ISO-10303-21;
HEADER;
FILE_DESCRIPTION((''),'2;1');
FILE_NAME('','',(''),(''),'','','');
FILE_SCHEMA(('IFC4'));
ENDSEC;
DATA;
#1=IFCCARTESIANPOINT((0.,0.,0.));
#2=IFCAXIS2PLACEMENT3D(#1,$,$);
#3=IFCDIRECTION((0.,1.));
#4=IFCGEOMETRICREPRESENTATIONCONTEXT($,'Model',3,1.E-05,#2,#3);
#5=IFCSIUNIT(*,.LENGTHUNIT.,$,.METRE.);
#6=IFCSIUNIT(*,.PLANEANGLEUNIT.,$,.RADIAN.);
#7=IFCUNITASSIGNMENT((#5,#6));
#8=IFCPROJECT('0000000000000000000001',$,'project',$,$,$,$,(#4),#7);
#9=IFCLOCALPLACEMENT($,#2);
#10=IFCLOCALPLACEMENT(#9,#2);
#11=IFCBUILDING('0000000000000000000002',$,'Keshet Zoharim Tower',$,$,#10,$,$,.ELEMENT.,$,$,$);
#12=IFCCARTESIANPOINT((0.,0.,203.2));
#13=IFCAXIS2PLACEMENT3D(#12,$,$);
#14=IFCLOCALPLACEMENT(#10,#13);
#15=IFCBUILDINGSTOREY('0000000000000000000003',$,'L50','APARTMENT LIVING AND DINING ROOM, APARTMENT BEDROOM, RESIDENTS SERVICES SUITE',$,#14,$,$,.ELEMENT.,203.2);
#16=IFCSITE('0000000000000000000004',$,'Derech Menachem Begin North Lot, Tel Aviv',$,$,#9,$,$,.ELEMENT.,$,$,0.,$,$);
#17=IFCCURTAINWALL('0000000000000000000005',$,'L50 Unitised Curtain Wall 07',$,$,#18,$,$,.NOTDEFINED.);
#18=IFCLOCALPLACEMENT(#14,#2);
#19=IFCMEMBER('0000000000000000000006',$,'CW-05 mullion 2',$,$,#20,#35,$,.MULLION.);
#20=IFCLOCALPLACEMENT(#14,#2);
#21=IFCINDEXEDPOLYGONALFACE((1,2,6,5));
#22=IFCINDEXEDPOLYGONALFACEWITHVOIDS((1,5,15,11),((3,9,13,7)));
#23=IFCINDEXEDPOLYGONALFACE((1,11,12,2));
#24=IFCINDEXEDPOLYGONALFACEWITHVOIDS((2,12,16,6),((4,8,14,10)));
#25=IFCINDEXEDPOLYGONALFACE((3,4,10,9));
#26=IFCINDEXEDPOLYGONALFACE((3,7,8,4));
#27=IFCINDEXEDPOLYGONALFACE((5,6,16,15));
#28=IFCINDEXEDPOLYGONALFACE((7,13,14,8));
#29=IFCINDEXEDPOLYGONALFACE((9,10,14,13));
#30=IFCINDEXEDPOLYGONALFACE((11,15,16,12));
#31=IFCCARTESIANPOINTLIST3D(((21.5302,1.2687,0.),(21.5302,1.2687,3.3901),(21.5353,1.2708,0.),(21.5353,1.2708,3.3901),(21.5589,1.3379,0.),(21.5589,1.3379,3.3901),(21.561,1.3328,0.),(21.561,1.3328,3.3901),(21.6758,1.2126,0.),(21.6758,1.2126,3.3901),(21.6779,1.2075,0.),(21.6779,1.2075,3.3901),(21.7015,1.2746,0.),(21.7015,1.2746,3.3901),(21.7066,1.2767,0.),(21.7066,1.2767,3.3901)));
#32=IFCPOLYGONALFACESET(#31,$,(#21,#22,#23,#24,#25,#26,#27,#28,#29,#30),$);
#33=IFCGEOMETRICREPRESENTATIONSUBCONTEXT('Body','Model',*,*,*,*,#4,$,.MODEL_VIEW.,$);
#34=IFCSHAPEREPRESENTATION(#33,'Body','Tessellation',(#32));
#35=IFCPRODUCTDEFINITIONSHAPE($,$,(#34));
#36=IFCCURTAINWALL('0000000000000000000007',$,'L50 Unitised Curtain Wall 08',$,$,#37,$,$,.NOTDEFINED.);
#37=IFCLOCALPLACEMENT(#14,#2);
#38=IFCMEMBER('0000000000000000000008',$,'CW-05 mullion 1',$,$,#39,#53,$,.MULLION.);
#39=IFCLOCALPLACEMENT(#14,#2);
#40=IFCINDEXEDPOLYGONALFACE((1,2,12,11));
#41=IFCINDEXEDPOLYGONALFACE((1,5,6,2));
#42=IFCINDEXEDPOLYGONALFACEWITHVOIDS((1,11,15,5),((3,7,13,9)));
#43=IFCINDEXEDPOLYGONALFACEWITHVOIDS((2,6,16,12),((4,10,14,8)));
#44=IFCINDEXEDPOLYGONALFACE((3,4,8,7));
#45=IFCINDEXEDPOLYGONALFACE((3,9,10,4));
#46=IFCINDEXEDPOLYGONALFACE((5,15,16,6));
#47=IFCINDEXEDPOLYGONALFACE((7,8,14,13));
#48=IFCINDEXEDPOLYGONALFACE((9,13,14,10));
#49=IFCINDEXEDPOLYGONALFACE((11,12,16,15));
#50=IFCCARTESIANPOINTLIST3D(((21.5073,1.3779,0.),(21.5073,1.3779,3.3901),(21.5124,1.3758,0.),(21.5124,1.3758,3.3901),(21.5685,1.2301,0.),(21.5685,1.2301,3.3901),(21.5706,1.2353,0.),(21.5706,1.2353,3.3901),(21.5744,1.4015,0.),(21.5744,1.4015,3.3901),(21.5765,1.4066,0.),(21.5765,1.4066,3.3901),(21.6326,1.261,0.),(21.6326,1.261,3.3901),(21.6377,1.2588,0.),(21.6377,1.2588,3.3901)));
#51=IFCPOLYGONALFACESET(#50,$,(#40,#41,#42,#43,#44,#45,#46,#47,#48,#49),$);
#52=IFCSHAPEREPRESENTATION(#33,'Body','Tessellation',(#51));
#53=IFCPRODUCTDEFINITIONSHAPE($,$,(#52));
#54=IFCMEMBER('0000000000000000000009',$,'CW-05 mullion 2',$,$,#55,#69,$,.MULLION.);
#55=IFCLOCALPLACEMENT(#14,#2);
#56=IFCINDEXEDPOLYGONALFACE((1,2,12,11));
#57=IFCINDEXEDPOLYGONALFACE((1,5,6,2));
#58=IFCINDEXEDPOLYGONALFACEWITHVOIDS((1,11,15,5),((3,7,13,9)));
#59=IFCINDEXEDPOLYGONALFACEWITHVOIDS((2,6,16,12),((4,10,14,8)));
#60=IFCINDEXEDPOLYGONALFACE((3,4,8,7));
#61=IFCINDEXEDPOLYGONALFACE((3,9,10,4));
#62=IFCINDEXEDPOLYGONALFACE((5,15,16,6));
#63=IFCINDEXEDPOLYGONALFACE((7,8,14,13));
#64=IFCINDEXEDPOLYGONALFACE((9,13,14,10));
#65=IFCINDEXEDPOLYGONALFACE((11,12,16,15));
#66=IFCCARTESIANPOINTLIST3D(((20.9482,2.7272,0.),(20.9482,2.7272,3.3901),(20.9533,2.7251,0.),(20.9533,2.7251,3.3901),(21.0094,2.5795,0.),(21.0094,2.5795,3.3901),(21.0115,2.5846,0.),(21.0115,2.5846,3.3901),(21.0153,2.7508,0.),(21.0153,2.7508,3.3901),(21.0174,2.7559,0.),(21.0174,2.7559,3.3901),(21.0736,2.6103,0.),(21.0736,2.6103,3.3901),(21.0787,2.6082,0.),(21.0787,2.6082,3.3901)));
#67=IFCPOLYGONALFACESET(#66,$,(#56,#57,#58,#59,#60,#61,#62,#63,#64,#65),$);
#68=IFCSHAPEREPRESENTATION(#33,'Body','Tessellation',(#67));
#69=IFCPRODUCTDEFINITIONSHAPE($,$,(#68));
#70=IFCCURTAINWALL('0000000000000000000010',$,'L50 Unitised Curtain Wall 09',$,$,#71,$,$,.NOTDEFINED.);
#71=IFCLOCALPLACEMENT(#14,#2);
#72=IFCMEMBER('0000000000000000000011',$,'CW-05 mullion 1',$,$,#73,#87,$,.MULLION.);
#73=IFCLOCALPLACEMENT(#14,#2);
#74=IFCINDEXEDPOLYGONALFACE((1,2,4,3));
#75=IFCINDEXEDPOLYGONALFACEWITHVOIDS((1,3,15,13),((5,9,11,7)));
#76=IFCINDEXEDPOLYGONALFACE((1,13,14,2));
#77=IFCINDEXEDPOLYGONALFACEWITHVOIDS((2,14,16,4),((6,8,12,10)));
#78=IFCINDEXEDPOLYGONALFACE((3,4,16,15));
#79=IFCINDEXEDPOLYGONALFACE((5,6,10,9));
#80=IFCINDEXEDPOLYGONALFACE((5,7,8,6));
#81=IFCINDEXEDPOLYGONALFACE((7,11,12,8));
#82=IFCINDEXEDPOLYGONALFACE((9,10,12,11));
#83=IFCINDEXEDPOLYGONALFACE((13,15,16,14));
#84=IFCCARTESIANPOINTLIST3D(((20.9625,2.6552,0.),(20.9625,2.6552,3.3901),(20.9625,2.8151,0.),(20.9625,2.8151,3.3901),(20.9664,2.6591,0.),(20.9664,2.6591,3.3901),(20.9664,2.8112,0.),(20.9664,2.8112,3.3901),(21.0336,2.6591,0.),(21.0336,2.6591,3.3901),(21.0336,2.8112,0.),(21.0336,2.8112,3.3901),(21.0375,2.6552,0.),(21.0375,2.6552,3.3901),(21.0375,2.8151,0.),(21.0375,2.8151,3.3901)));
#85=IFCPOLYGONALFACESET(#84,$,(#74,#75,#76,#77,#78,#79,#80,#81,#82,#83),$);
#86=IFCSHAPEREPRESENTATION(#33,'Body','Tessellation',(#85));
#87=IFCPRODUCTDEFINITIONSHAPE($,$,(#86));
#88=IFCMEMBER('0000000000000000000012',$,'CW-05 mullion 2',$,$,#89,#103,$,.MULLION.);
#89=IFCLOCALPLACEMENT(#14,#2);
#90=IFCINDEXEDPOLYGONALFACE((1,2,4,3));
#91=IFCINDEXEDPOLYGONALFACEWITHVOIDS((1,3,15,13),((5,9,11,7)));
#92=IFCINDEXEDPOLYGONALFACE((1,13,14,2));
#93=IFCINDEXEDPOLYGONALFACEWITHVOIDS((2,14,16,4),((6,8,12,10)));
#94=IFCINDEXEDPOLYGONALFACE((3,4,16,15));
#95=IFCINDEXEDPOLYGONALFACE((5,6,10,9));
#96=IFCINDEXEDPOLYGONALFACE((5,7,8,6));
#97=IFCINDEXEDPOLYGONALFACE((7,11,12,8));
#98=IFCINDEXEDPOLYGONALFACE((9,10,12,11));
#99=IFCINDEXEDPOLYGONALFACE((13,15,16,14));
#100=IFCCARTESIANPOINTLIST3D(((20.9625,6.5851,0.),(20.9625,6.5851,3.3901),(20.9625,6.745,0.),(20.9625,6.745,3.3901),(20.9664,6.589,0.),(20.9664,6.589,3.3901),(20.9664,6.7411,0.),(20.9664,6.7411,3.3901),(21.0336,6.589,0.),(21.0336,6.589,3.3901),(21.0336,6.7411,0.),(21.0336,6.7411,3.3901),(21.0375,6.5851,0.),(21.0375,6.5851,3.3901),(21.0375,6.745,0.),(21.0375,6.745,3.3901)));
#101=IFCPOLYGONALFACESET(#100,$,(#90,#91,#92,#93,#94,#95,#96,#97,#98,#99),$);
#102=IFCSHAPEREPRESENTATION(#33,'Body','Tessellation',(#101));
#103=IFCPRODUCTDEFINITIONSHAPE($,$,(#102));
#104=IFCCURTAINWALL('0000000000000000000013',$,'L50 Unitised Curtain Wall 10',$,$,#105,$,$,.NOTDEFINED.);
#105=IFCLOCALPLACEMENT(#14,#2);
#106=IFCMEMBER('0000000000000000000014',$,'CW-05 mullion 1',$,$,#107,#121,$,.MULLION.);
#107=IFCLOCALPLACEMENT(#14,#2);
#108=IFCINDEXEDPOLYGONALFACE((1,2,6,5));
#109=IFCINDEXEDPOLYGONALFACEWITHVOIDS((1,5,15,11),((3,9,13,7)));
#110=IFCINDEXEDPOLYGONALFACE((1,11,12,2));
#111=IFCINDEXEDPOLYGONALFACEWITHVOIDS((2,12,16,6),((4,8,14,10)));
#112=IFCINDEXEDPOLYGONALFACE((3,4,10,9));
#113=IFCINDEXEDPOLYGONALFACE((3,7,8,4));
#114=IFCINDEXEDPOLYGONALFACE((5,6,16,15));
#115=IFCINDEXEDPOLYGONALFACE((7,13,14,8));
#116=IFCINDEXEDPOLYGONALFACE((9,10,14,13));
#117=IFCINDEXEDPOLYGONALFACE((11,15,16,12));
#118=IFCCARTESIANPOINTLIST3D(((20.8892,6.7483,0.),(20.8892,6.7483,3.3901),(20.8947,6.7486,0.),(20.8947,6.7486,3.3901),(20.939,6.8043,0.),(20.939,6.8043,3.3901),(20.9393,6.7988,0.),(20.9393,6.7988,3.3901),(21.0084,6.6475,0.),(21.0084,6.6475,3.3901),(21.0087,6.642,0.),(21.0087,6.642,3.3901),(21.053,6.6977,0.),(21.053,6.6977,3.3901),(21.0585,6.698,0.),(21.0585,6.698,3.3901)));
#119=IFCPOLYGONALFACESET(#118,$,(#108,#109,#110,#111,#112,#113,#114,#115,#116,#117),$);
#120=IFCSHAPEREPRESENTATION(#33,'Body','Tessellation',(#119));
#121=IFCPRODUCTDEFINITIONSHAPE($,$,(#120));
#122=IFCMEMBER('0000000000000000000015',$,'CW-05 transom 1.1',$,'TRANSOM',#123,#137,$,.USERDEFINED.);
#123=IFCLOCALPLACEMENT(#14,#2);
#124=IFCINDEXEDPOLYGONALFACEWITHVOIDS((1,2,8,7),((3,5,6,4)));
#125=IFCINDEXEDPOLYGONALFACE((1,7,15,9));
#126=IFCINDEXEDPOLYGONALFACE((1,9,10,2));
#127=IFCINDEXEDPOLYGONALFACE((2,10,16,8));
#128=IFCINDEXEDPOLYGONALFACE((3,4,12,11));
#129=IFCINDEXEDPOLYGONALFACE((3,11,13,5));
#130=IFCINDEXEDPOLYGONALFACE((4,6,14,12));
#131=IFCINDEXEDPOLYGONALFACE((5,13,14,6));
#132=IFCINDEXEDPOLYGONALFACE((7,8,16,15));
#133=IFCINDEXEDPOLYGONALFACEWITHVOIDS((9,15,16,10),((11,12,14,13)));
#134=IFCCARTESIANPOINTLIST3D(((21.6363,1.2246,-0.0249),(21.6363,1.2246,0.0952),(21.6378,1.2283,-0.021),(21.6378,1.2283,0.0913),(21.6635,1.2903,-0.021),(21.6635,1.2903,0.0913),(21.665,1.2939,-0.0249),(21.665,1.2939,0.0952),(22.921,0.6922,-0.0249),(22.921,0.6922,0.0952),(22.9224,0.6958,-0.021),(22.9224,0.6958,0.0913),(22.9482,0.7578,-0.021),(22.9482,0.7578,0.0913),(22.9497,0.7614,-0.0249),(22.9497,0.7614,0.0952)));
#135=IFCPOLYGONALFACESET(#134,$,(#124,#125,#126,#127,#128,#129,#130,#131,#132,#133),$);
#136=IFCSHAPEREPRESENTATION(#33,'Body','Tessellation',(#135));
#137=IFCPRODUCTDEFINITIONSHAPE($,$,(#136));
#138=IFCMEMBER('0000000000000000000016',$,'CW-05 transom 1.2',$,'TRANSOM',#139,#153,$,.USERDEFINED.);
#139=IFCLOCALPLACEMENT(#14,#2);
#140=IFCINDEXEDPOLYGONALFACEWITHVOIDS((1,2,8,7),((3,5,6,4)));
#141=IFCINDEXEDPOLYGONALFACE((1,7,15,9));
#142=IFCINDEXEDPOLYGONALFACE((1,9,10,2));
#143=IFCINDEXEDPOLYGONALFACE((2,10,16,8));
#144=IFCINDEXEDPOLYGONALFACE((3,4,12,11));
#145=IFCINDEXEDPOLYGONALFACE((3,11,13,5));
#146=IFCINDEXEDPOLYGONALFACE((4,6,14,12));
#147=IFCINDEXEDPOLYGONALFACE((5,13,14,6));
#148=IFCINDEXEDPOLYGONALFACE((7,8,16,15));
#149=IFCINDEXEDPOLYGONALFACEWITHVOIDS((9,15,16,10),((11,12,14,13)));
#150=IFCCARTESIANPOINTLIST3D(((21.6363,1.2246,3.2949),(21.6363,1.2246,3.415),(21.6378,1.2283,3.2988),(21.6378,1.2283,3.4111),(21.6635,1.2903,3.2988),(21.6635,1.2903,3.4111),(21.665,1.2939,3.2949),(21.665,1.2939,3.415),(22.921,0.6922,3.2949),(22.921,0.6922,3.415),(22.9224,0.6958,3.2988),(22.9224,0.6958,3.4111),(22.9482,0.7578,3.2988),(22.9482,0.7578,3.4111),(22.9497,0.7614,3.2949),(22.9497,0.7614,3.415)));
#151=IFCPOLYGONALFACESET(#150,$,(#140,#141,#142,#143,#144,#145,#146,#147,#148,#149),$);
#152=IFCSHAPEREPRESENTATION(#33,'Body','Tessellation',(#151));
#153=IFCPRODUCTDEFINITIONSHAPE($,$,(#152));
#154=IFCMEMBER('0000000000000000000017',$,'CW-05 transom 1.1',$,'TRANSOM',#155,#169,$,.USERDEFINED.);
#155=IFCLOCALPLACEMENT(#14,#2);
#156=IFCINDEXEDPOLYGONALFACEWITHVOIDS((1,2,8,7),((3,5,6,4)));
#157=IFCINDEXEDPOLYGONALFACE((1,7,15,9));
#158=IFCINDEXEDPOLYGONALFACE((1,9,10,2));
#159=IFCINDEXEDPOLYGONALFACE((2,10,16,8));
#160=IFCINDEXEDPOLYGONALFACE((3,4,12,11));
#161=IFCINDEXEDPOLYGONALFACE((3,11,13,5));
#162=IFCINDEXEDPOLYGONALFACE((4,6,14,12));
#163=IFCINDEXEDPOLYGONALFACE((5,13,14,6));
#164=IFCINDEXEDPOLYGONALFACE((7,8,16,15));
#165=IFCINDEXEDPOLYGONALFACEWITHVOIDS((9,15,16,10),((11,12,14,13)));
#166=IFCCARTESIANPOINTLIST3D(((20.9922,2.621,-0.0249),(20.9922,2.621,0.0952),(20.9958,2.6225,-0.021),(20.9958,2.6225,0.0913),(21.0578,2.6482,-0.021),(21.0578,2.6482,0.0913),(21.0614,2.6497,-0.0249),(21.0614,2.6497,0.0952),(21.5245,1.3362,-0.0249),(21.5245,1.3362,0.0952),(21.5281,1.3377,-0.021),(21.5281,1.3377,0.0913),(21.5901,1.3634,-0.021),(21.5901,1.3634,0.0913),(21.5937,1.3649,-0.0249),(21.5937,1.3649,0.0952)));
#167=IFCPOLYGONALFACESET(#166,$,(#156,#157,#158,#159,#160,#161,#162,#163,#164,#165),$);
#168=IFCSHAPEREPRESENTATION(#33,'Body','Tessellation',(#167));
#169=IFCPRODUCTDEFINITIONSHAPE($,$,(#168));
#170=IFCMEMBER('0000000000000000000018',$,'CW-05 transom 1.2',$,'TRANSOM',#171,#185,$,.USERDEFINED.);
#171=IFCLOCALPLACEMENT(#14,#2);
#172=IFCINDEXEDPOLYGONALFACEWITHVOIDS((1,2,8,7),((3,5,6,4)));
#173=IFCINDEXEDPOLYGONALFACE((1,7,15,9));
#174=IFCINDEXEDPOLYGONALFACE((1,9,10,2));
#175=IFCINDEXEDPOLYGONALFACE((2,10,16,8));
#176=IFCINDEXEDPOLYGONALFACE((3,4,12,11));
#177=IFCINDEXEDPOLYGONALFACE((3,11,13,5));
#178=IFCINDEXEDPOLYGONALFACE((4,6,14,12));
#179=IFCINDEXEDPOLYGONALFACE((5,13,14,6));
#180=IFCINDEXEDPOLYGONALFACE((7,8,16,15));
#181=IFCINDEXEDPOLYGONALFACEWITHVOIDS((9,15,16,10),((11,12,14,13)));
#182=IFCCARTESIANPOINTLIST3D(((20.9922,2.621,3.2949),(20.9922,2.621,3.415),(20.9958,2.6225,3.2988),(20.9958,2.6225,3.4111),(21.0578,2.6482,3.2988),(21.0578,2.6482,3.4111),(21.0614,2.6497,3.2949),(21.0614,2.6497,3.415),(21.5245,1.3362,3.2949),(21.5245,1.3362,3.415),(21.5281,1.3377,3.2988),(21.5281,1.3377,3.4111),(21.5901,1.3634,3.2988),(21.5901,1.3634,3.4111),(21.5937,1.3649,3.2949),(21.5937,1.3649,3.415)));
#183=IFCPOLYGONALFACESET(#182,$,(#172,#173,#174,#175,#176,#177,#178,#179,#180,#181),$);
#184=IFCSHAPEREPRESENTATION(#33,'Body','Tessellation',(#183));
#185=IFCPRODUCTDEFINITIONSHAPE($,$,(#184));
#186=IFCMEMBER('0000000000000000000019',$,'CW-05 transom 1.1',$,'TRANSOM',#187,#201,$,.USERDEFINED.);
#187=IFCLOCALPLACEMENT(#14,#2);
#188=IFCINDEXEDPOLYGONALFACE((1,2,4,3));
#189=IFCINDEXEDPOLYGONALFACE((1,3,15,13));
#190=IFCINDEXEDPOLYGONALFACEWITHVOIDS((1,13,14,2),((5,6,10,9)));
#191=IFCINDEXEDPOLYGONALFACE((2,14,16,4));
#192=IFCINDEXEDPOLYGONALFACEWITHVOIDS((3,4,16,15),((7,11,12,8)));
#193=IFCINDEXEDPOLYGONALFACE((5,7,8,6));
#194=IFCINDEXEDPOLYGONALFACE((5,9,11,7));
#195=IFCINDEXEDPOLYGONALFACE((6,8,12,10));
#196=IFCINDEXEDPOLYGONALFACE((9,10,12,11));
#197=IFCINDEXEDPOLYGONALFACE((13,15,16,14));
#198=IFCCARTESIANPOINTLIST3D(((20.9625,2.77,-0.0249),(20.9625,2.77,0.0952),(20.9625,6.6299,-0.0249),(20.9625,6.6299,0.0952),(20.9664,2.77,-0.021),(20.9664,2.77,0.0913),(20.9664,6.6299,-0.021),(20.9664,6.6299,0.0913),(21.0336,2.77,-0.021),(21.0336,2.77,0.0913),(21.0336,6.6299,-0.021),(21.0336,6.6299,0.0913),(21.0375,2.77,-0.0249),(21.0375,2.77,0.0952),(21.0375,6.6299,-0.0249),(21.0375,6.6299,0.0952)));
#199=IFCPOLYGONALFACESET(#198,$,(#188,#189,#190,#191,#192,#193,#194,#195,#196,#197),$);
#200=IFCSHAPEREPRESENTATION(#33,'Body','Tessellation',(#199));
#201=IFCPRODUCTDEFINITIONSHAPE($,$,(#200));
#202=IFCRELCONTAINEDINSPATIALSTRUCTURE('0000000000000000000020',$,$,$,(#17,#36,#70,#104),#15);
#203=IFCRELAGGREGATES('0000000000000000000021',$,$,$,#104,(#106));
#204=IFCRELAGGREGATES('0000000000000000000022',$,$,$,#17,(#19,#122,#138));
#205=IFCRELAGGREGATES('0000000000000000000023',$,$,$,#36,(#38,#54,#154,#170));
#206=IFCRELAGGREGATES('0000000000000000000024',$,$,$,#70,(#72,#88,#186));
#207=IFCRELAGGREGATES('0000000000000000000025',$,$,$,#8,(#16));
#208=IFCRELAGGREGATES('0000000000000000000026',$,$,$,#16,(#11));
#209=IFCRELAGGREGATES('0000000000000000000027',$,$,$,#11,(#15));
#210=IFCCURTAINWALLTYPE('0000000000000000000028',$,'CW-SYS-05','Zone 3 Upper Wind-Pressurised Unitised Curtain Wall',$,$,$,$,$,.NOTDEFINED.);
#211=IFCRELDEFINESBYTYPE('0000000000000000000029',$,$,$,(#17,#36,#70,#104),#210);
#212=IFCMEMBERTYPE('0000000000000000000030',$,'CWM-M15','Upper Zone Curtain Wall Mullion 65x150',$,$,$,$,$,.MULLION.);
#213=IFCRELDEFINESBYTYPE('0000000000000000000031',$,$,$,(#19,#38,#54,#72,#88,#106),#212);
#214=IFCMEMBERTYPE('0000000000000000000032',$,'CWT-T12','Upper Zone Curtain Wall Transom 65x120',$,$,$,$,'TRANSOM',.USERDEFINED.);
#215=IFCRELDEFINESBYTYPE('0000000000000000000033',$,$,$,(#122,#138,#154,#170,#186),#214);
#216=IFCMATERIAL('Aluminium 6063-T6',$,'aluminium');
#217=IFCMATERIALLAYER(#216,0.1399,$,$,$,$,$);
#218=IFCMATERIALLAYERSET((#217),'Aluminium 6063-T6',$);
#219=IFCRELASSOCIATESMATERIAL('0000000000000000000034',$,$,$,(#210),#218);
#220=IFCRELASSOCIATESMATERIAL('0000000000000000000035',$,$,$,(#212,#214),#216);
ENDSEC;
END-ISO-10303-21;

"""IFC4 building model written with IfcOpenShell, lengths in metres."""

from ifc_helpers import new_model, si_unit, direction, frame, origin, origin_2d, place, context, subcontext, project, spatial, hollow_rectangle, extrude, material, layer, layer_set, material_profile, profile_set, type_object, element, aggregate, save


model = new_model("IFC4")

# Units and contexts
model_context = context("Model", 3, precision=1e-05, world=origin(), true_north=direction((0.0, 1.0)))
body_context = subcontext(model_context, "Body", "Model", "MODEL_VIEW")
ifc_project = project(units=[si_unit("LENGTHUNIT", "METRE"), si_unit("PLANEANGLEUNIT", "RADIAN")], contexts=[model_context])

# Site, building, storey
site_placement = place(None, origin())
site = spatial("IfcSite", under=ifc_project, at=site_placement, Name="Derech Menachem Begin North Lot, Tel Aviv", CompositionType="ELEMENT", RefElevation=0.0)
building_placement = place(site_placement, origin())
building = spatial("IfcBuilding", under=site, at=building_placement, Name="Keshet Zoharim Tower", CompositionType="ELEMENT")
storey_placement = place(building_placement, frame((0.0, 0.0, 203.2)))
storey = spatial("IfcBuildingStorey", under=building, at=storey_placement, Name="L50", Description="APARTMENT LIVING AND DINING ROOM, APARTMENT BEDROOM, RESIDENTS SERVICES SUITE", CompositionType="ELEMENT", Elevation=203.2)

# Shared definitions
ifc_material_1 = material(Name="Aluminium 6063-T6", Category="aluminium")
ifc_layer_1 = layer(ifc_material_1, 0.1399)
ifc_layer_set_1 = layer_set([ifc_layer_1], Name="Aluminium 6063-T6")
curtain_wall_type = type_object("IfcCurtainWallType", Name="CW-SYS-05", Description="Zone 3 Upper Wind-Pressurised Unitised Curtain Wall", PredefinedType="NOTDEFINED", material=ifc_layer_set_1)
ifc_material_profile_1 = material_profile(ifc_material_1, hollow_rectangle(XDim=0.075, YDim=0.1599, WallThickness=0.0039, at=origin_2d()), Name="MUL-75x160")
ifc_profile_set_1 = profile_set([ifc_material_profile_1], Name="Aluminium 6063-T6")
member_type_1 = type_object("IfcMemberType", Name="CWM-M15", Description="Upper Zone Curtain Wall Mullion 65x150", PredefinedType="MULLION", material=ifc_profile_set_1)

# Curtain walls, members
curtain_wall_1_placement = place(storey_placement, origin())
curtain_wall_1 = element("IfcCurtainWall", 1, at=curtain_wall_1_placement, inside=storey, type_object=curtain_wall_type, Name="L50 Unitised Curtain Wall 07", PredefinedType="NOTDEFINED")
member_1_placement = place(storey_placement, frame((21.6184, 1.2727, 0.0), z_axis=(0.0, 0.0, 1.0), x_axis=(-0.382852, -0.92381, 0.0)))
member_1 = element("IfcMember", 2, at=member_1_placement, type_object=member_type_1, Name="CW-05 mullion 2", PredefinedType="MULLION", context=body_context, shape_type="SweptSolid", body=[
    extrude(hollow_rectangle(XDim=0.075, YDim=0.1599, WallThickness=0.0039, at=origin_2d()), origin(), (0.0, 0.0, 1.0), 3.3901),
])
curtain_wall_2_placement = place(storey_placement, origin())
curtain_wall_2 = element("IfcCurtainWall", 3, at=curtain_wall_2_placement, inside=storey, type_object=curtain_wall_type, Name="L50 Unitised Curtain Wall 08", PredefinedType="NOTDEFINED")
member_2_placement = place(storey_placement, frame((21.5725, 1.3184, 0.0), z_axis=(0.0, 0.0, 1.0), x_axis=(-0.92381, -0.382852, 0.0)))
member_2 = element("IfcMember", 4, at=member_2_placement, type_object=member_type_1, Name="CW-05 mullion 1", PredefinedType="MULLION", context=body_context, shape_type="SweptSolid", body=[
    extrude(hollow_rectangle(XDim=0.075, YDim=0.1599, WallThickness=0.0039, at=origin_2d()), origin(), (0.0, 0.0, 1.0), 3.3901),
])
member_3_placement = place(storey_placement, frame((21.0134, 2.6677, 0.0), z_axis=(0.0, 0.0, 1.0), x_axis=(-0.92381, -0.382852, 0.0)))
member_3 = element("IfcMember", 5, at=member_3_placement, type_object=member_type_1, Name="CW-05 mullion 2", PredefinedType="MULLION", context=body_context, shape_type="SweptSolid", body=[
    extrude(hollow_rectangle(XDim=0.075, YDim=0.1599, WallThickness=0.0039, at=origin_2d()), origin(), (0.0, 0.0, 1.0), 3.3901),
])
curtain_wall_3_placement = place(storey_placement, origin())
curtain_wall_3 = element("IfcCurtainWall", 6, at=curtain_wall_3_placement, inside=storey, type_object=curtain_wall_type, Name="L50 Unitised Curtain Wall 09", PredefinedType="NOTDEFINED")
member_4_placement = place(storey_placement, frame((21.0, 2.7351, 0.0), z_axis=(0.0, 0.0, 1.0), x_axis=(-1.0, 0.0, 0.0)))
member_4 = element("IfcMember", 7, at=member_4_placement, type_object=member_type_1, Name="CW-05 mullion 1", PredefinedType="MULLION", context=body_context, shape_type="SweptSolid", body=[
    extrude(hollow_rectangle(XDim=0.075, YDim=0.1599, WallThickness=0.0039, at=origin_2d()), origin(), (0.0, 0.0, 1.0), 3.3901),
])
member_5_placement = place(storey_placement, frame((21.0, 6.665, 0.0), z_axis=(0.0, 0.0, 1.0), x_axis=(-1.0, 0.0, 0.0)))
member_5 = element("IfcMember", 8, at=member_5_placement, type_object=member_type_1, Name="CW-05 mullion 2", PredefinedType="MULLION", context=body_context, shape_type="SweptSolid", body=[
    extrude(hollow_rectangle(XDim=0.075, YDim=0.1599, WallThickness=0.0039, at=origin_2d()), origin(), (0.0, 0.0, 1.0), 3.3901),
])

# Curtain wall, member
curtain_wall_4_placement = place(storey_placement, origin())
curtain_wall_4 = element("IfcCurtainWall", 9, at=curtain_wall_4_placement, inside=storey, type_object=curtain_wall_type, Name="L50 Unitised Curtain Wall 10", PredefinedType="NOTDEFINED")
member_6_placement = place(storey_placement, frame((20.9739, 6.7231, 0.0), z_axis=(0.0, 0.0, 1.0), x_axis=(-0.664368, -0.747406, 0.0)))
member_6 = element("IfcMember", 10, at=member_6_placement, type_object=member_type_1, Name="CW-05 mullion 1", PredefinedType="MULLION", context=body_context, shape_type="SweptSolid", body=[
    extrude(hollow_rectangle(XDim=0.075, YDim=0.1599, WallThickness=0.0039, at=origin_2d()), origin(), (0.0, 0.0, 1.0), 3.3901),
])

# Members
ifc_material_profile_2 = material_profile(ifc_material_1, hollow_rectangle(XDim=0.075, YDim=0.1201, WallThickness=0.0039, at=origin_2d()), Name="TRN-75x120")
ifc_profile_set_2 = profile_set([ifc_material_profile_2], Name="Aluminium 6063-T6")
member_type_2 = type_object("IfcMemberType", Name="CWT-T12", Description="Upper Zone Curtain Wall Transom 65x120", ElementType="TRANSOM", PredefinedType="USERDEFINED", material=ifc_profile_set_2)
member_7_placement = place(storey_placement, frame((22.9353, 0.7268, 0.0352), z_axis=(-0.923792, 0.382894, 0.0), x_axis=(-0.382894, -0.923792, 0.0)))
member_7 = element("IfcMember", 11, at=member_7_placement, type_object=member_type_2, Name="CW-05 transom 1.1", ObjectType="TRANSOM", PredefinedType="USERDEFINED", context=body_context, shape_type="SweptSolid", body=[
    extrude(hollow_rectangle(XDim=0.075, YDim=0.1201, WallThickness=0.0039, at=origin_2d()), origin(), (0.0, 0.0, 1.0), 1.3906),
])
member_8_placement = place(storey_placement, frame((22.9353, 0.7268, 3.355), z_axis=(-0.923792, 0.382894, 0.0), x_axis=(-0.382894, -0.923792, 0.0)))
member_8 = element("IfcMember", 12, at=member_8_placement, type_object=member_type_2, Name="CW-05 transom 1.2", ObjectType="TRANSOM", PredefinedType="USERDEFINED", context=body_context, shape_type="SweptSolid", body=[
    extrude(hollow_rectangle(XDim=0.075, YDim=0.1201, WallThickness=0.0039, at=origin_2d()), origin(), (0.0, 0.0, 1.0), 1.3906),
])
member_9_placement = place(storey_placement, frame((21.5591, 1.3506, 0.0352), z_axis=(-0.382745, 0.923854, 0.0), x_axis=(-0.923854, -0.382745, 0.0)))
member_9 = element("IfcMember", 13, at=member_9_placement, type_object=member_type_2, Name="CW-05 transom 1.1", ObjectType="TRANSOM", PredefinedType="USERDEFINED", context=body_context, shape_type="SweptSolid", body=[
    extrude(hollow_rectangle(XDim=0.075, YDim=0.1201, WallThickness=0.0039, at=origin_2d()), origin(), (0.0, 0.0, 1.0), 1.3906),
])
member_10_placement = place(storey_placement, frame((21.5591, 1.3506, 3.355), z_axis=(-0.382745, 0.923854, 0.0), x_axis=(-0.923854, -0.382745, 0.0)))
member_10 = element("IfcMember", 14, at=member_10_placement, type_object=member_type_2, Name="CW-05 transom 1.2", ObjectType="TRANSOM", PredefinedType="USERDEFINED", context=body_context, shape_type="SweptSolid", body=[
    extrude(hollow_rectangle(XDim=0.075, YDim=0.1201, WallThickness=0.0039, at=origin_2d()), origin(), (0.0, 0.0, 1.0), 1.3906),
])
member_11_placement = place(storey_placement, frame((21.0, 2.77, 0.0352), z_axis=(0.0, 1.0, 0.0), x_axis=(-1.0, 0.0, 0.0)))
member_11 = element("IfcMember", 15, at=member_11_placement, type_object=member_type_2, Name="CW-05 transom 1.1", ObjectType="TRANSOM", PredefinedType="USERDEFINED", context=body_context, shape_type="SweptSolid", body=[
    extrude(hollow_rectangle(XDim=0.075, YDim=0.1201, WallThickness=0.0039, at=origin_2d()), origin(), (0.0, 0.0, 1.0), 3.8599),
])
aggregate(curtain_wall_4, [member_6])

aggregate(curtain_wall_1, [member_1, member_7, member_8])
aggregate(curtain_wall_2, [member_2, member_3, member_9, member_10])
aggregate(curtain_wall_3, [member_4, member_5, member_11])

save(model, "model.ifc")
